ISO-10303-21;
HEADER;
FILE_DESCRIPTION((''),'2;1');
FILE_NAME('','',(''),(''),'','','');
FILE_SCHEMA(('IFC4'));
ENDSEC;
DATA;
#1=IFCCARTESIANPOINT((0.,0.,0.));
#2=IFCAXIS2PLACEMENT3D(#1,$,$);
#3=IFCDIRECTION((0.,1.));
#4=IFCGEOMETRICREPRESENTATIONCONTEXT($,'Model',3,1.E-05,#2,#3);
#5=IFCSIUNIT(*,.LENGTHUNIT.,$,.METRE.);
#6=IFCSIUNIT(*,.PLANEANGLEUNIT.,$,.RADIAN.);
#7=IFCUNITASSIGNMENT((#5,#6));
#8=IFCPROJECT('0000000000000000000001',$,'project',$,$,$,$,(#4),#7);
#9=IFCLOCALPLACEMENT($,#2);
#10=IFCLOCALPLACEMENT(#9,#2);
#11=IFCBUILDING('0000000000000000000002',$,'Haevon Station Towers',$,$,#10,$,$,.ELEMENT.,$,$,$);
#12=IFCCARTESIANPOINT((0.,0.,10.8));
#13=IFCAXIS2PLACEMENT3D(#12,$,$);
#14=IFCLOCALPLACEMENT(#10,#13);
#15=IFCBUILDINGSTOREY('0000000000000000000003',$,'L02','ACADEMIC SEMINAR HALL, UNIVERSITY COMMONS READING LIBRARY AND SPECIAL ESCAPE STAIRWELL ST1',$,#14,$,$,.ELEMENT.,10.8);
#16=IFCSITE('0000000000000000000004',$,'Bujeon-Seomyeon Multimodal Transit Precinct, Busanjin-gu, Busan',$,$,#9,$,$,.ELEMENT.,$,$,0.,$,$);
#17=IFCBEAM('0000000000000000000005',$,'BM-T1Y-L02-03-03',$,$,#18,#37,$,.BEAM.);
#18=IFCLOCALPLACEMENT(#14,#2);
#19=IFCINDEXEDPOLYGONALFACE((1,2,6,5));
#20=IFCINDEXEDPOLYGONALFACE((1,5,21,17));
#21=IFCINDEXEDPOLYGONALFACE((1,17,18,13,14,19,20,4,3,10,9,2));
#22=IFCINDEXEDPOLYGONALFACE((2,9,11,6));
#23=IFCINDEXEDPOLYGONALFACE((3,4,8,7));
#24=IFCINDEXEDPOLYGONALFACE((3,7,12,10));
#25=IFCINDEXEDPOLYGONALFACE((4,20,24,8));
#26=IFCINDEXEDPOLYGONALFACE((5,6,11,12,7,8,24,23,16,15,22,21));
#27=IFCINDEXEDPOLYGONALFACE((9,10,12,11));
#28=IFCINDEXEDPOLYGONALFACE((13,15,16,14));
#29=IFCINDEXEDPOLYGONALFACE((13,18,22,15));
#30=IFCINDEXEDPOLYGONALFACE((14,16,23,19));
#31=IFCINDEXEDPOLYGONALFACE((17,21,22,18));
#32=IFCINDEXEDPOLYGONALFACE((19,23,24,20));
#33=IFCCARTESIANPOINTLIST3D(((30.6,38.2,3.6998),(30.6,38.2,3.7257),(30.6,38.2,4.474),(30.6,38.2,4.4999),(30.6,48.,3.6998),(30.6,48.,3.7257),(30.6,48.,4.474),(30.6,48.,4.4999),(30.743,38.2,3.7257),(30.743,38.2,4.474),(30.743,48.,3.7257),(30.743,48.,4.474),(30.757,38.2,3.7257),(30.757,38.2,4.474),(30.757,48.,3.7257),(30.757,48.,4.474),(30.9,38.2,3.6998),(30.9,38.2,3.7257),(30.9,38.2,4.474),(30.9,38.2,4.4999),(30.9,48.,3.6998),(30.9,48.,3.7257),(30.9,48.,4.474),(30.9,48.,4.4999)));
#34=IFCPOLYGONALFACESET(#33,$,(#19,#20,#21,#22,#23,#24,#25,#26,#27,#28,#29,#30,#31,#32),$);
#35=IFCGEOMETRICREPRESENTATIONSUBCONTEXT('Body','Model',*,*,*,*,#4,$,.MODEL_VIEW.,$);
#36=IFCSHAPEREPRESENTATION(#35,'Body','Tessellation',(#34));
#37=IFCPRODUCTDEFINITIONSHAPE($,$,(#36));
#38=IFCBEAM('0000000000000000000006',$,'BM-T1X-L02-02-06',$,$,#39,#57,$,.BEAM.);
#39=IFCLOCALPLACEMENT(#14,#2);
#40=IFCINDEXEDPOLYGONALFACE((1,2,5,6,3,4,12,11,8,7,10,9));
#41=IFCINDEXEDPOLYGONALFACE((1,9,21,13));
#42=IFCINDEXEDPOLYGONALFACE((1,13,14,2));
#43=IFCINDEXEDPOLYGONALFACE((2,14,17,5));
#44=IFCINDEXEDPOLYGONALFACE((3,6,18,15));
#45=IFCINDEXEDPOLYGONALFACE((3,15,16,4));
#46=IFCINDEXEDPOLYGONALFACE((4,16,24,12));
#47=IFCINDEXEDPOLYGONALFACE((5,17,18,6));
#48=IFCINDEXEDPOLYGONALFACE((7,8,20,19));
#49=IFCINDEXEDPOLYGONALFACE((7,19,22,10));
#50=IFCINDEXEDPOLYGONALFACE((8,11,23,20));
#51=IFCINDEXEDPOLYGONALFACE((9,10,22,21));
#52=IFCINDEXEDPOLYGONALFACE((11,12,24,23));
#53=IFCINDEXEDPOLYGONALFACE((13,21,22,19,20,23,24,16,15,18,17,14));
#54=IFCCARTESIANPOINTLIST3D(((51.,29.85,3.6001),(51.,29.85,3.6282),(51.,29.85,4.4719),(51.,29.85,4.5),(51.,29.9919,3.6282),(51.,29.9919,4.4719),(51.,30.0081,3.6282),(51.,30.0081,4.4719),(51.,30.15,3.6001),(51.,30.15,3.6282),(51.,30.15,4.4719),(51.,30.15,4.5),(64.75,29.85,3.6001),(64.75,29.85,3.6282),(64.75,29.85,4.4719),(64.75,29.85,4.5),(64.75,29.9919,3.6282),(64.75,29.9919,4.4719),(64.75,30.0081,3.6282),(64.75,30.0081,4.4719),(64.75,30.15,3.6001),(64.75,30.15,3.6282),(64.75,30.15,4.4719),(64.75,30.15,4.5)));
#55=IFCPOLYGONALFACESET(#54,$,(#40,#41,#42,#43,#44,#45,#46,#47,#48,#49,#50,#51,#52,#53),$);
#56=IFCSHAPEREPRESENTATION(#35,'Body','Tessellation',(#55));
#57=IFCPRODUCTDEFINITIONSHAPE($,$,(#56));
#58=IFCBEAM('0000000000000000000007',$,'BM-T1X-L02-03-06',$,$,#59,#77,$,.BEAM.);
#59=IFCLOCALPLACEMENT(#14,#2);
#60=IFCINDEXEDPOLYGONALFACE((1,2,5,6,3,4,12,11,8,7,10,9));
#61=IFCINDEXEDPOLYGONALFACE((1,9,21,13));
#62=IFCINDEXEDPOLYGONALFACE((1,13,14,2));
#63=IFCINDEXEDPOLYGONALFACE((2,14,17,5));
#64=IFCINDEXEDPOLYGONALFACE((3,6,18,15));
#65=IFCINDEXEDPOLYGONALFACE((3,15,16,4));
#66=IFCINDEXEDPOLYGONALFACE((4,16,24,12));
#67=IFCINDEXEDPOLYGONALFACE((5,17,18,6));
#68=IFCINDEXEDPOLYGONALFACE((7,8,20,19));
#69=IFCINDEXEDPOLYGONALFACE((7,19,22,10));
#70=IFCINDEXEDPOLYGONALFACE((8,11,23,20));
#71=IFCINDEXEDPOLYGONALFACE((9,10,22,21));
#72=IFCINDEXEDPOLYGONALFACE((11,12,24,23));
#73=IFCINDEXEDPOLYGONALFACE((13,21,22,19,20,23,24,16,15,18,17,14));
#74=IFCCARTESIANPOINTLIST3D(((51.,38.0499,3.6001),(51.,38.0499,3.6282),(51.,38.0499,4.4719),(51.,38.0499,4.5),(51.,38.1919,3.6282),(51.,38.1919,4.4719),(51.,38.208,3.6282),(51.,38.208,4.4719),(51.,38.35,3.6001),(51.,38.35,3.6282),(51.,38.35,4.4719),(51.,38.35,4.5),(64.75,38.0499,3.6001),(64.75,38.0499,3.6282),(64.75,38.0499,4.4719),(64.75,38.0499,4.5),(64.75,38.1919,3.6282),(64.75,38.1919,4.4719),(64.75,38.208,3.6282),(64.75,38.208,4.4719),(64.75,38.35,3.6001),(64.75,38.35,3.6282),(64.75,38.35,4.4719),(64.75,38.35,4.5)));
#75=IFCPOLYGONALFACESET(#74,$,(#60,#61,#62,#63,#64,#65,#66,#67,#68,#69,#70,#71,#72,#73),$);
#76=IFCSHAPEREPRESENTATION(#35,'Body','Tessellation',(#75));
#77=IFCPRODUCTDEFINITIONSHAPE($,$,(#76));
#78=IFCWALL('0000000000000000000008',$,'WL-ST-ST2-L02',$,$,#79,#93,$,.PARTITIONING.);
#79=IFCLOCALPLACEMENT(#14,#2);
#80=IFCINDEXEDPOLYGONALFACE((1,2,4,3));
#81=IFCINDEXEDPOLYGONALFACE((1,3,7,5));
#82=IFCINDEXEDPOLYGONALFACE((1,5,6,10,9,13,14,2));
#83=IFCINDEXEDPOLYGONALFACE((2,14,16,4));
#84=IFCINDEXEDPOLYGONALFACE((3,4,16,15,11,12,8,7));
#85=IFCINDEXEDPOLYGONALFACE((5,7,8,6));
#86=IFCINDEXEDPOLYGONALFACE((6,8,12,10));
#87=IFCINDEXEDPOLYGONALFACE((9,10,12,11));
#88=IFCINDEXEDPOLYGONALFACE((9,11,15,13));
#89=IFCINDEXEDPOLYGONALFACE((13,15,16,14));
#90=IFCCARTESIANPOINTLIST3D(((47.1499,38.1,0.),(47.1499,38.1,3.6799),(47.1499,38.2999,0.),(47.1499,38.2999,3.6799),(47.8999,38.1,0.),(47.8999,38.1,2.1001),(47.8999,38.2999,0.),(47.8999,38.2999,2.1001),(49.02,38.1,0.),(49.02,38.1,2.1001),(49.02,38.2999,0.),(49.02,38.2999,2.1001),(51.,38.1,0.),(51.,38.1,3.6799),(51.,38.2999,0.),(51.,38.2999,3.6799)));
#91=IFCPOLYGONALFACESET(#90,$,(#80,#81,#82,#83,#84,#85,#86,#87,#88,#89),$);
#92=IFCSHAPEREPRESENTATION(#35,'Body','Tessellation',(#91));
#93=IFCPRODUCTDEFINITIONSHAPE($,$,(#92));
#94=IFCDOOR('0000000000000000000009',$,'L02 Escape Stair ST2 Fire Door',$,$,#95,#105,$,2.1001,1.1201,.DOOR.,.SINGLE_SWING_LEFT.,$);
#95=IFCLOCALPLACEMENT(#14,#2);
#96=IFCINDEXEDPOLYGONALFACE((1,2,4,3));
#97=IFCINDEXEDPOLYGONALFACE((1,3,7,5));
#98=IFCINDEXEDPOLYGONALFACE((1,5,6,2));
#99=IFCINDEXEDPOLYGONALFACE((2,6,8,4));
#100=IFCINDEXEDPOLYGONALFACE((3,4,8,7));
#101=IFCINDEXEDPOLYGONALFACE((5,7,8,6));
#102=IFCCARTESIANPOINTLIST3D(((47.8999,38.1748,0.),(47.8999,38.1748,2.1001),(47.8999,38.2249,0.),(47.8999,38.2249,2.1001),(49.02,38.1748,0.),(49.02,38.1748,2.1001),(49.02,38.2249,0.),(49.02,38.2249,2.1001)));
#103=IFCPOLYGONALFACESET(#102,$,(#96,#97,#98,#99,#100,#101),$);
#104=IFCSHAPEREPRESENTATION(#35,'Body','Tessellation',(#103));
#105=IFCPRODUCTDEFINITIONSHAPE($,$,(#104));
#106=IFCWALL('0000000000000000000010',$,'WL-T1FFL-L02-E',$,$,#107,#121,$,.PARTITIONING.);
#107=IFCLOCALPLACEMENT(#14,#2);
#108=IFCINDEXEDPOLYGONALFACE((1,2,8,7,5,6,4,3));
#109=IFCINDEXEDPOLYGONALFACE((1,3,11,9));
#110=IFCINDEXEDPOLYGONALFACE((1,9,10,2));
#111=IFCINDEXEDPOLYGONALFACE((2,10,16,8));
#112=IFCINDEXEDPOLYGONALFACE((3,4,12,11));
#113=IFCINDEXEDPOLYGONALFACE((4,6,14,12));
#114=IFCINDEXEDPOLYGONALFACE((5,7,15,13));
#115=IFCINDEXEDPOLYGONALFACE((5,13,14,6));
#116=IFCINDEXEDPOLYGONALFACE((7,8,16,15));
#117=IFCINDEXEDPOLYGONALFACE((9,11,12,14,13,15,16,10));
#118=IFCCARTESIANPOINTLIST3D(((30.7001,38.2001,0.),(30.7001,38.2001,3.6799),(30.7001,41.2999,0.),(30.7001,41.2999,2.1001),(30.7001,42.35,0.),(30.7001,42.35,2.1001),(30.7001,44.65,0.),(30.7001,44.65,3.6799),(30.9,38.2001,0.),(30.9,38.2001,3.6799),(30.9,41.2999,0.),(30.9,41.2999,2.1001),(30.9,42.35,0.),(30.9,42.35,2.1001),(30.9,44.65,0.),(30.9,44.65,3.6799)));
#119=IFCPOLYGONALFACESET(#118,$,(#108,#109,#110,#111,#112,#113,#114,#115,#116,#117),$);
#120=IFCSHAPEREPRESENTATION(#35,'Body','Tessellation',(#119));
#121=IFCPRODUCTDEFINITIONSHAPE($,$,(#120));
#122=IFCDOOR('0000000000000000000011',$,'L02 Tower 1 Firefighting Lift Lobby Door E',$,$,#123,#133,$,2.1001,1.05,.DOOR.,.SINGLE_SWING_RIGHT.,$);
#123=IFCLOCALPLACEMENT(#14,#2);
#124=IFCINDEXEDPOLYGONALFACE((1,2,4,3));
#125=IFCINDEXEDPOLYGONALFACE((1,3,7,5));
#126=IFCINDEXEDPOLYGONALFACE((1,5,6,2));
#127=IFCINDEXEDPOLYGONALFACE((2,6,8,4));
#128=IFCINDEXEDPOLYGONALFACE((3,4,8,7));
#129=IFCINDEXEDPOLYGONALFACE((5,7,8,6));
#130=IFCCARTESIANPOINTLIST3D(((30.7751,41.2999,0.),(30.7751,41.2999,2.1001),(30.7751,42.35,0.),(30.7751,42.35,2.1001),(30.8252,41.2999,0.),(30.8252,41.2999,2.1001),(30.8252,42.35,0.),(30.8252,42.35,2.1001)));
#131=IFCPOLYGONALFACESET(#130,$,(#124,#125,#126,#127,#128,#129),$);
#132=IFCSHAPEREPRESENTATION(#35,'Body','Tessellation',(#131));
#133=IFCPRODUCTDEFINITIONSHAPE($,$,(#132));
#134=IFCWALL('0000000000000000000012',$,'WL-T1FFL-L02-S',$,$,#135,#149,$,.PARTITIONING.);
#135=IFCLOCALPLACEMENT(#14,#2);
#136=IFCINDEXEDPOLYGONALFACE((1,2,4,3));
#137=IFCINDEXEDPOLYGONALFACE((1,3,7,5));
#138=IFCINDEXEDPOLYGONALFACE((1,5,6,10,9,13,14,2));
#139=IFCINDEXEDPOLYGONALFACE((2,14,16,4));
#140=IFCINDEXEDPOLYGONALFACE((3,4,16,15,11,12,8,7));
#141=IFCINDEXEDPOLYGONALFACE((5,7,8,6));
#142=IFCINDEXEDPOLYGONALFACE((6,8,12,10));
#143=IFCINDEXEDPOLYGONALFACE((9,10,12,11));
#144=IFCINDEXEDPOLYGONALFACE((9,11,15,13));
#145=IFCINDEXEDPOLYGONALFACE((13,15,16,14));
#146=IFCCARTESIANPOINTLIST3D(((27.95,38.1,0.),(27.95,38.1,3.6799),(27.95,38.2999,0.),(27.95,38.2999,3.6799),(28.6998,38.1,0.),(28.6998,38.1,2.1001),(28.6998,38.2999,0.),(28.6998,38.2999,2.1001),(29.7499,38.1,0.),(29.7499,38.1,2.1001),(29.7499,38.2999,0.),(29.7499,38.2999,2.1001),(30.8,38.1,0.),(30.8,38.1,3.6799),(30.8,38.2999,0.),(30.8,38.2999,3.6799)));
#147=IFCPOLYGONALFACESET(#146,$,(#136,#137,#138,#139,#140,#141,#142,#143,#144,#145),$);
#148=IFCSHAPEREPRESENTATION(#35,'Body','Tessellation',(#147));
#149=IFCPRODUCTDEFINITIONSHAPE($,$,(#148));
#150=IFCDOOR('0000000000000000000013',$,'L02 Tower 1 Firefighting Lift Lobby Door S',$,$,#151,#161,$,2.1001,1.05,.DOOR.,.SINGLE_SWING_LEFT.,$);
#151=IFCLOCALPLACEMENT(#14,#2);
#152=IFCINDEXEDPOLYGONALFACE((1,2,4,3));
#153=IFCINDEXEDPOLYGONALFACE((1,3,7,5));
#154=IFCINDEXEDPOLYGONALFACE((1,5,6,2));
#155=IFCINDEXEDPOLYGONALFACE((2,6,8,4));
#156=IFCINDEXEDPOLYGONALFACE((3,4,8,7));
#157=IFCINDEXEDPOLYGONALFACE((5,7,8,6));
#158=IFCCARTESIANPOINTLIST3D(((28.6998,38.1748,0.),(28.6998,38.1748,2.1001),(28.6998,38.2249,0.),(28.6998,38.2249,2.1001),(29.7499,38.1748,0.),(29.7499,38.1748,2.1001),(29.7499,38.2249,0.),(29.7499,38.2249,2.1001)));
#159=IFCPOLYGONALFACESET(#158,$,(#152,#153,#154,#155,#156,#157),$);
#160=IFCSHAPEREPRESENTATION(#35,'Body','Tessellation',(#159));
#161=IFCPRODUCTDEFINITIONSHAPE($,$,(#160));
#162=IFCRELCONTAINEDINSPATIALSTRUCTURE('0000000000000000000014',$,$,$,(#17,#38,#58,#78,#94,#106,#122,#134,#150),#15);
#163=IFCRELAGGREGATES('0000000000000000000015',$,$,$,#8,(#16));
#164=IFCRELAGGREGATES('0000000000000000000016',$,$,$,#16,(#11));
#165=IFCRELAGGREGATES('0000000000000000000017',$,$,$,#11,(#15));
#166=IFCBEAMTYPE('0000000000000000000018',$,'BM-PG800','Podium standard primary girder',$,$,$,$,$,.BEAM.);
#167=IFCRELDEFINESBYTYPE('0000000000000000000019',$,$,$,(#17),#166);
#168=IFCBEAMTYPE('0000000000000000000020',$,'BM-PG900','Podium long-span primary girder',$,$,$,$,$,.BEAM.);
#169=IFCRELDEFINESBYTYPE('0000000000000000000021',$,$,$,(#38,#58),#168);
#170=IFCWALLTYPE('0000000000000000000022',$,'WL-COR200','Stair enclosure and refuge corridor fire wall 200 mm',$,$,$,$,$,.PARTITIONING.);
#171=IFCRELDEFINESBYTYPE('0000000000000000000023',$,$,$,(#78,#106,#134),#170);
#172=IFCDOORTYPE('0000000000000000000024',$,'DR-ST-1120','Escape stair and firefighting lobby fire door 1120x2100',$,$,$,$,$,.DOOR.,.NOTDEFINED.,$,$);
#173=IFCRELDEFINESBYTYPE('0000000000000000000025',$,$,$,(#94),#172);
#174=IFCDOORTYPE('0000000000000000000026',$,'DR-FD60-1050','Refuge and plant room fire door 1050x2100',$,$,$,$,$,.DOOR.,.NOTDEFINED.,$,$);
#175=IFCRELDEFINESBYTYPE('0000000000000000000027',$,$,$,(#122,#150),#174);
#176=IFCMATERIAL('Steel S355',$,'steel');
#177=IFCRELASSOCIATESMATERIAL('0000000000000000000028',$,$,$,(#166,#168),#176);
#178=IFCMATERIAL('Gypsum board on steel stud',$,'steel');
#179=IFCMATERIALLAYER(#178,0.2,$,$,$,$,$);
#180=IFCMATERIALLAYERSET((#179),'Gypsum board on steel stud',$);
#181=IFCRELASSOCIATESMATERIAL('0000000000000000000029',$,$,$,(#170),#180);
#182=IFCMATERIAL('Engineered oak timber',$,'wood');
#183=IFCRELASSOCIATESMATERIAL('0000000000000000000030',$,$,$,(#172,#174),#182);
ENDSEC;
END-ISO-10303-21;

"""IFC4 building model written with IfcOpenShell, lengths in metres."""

from ifc_helpers import new_model, si_unit, direction, frame, frame_2d, origin, origin_2d, place, context, subcontext, project, spatial, rectangle, i_section, extrude, material, layer, layer_set, material_profile, profile_set, type_object, element, fill, save


model = new_model("IFC4")

# Units and contexts
model_context = context("Model", 3, precision=1e-05, world=origin(), true_north=direction((0.0, 1.0)))
body_context = subcontext(model_context, "Body", "Model", "MODEL_VIEW")
ifc_project = project(units=[si_unit("LENGTHUNIT", "METRE"), si_unit("PLANEANGLEUNIT", "RADIAN")], contexts=[model_context])

# Site, building, storey
site_placement = place(None, origin())
site = spatial("IfcSite", under=ifc_project, at=site_placement, Name="Bujeon-Seomyeon Multimodal Transit Precinct, Busanjin-gu, Busan", CompositionType="ELEMENT", RefElevation=0.0)
building_placement = place(site_placement, origin())
building = spatial("IfcBuilding", under=site, at=building_placement, Name="Haevon Station Towers", CompositionType="ELEMENT")
storey_placement = place(building_placement, frame((0.0, 0.0, 10.8)))
storey = spatial("IfcBuildingStorey", under=building, at=storey_placement, Name="L02", Description="ACADEMIC SEMINAR HALL, UNIVERSITY COMMONS READING LIBRARY AND SPECIAL ESCAPE STAIRWELL ST1", CompositionType="ELEMENT", Elevation=10.8)

# Beams
ifc_material_1 = material(Name="Steel S355", Category="steel")
ifc_material_profile_1 = material_profile(ifc_material_1, i_section(OverallWidth=0.3, OverallDepth=0.8, WebThickness=0.0139, FlangeThickness=0.0259, at=origin_2d()), Name="H-800x300x14x26")
ifc_profile_set_1 = profile_set([ifc_material_profile_1], Name="Steel S355")
beam_type_1 = type_object("IfcBeamType", Name="BM-PG800", Description="Podium standard primary girder", PredefinedType="BEAM", material=ifc_profile_set_1)
beam_1_placement = place(storey_placement, frame((30.75, 38.2, 4.0999), z_axis=(0.0, 1.0, 0.0), x_axis=(-1.0, 0.0, 0.0)))
element("IfcBeam", 1, at=beam_1_placement, inside=storey, type_object=beam_type_1, Name="BM-T1Y-L02-03-03", PredefinedType="BEAM", context=body_context, shape_type="SweptSolid", body=[
    extrude(i_section(OverallWidth=0.3, OverallDepth=0.8, WebThickness=0.0139, FlangeThickness=0.0259, at=origin_2d()), origin(), (0.0, 0.0, 1.0), 9.8),
])
ifc_material_profile_2 = material_profile(ifc_material_1, i_section(OverallWidth=0.3, OverallDepth=0.8999, WebThickness=0.0161, FlangeThickness=0.0281, at=origin_2d()), Name="H-900x300x16x28")
ifc_profile_set_2 = profile_set([ifc_material_profile_2], Name="Steel S355")
beam_type_2 = type_object("IfcBeamType", Name="BM-PG900", Description="Podium long-span primary girder", PredefinedType="BEAM", material=ifc_profile_set_2)
for number, where, z_axis, x_axis, name in (
    (2, (51.0, 30.0, 4.05), (1.0, 0.0, 0.0), (0.0, 1.0, 0.0), "BM-T1X-L02-02-06"),
    (3, (51.0, 38.2, 4.05), (1.0, 0.0, 0.0), (0.0, 1.0, 0.0), "BM-T1X-L02-03-06"),
):
    element("IfcBeam", number, at=place(storey_placement, frame(where, z_axis=z_axis, x_axis=x_axis)), inside=storey, type_object=beam_type_2, Name=name, PredefinedType="BEAM", context=body_context, shape_type="SweptSolid", body=[
        extrude(i_section(OverallWidth=0.3, OverallDepth=0.8999, WebThickness=0.0161, FlangeThickness=0.0281, at=origin_2d()), origin(), (0.0, 0.0, 1.0), 13.75),
    ])

# Walls, openings, doors
ifc_material_2 = material(Name="Gypsum board on steel stud", Category="steel")
ifc_layer_1 = layer(ifc_material_2, 0.2)
ifc_layer_set_1 = layer_set([ifc_layer_1], Name="Gypsum board on steel stud")
wall_type_1 = type_object("IfcWallType", Name="WL-COR200", Description="Stair enclosure and refuge corridor fire wall 200 mm", PredefinedType="PARTITIONING", material=ifc_layer_set_1)
wall_1_placement = place(storey_placement, frame((47.1499, 38.2, 0.0), z_axis=(0.0, 0.0, 1.0), x_axis=(1.0, 0.0, 0.0)))
wall_1 = element("IfcWall", 4, at=wall_1_placement, inside=storey, type_object=wall_type_1, Name="WL-ST-ST2-L02", PredefinedType="PARTITIONING", context=body_context, shape_type="SweptSolid", body=[
    extrude(rectangle(XDim=3.8501, YDim=0.2, at=frame_2d((1.925, 0.0))), origin(), (0.0, 0.0, 1.0), 3.6799),
])
opening_1_placement = place(wall_1_placement, frame((0.75, 0.0, 0.0)))
opening_1 = element("IfcOpeningElement", 5, at=opening_1_placement, cuts=wall_1, PredefinedType="OPENING", context=body_context, shape_type="SweptSolid", body=[
    extrude(rectangle(XDim=1.1201, YDim=2.1001, at=frame_2d((0.5601, 1.05))), frame((0.0, 0.1099, 0.0), z_axis=(0.0, -1.0, 0.0), x_axis=(1.0, 0.0, 0.0)), (0.0, 0.0, 1.0), 0.22),
])
ifc_material_3 = material(Name="Engineered oak timber", Category="wood")
door_type_1 = type_object("IfcDoorType", Name="DR-ST-1120", Description="Escape stair and firefighting lobby fire door 1120x2100", OperationType="NOTDEFINED", PredefinedType="DOOR", material=ifc_material_3)
door_1_placement = place(opening_1_placement, origin())
door_1 = element("IfcDoor", 6, at=door_1_placement, inside=storey, type_object=door_type_1, Name="L02 Escape Stair ST2 Fire Door", OperationType="SINGLE_SWING_LEFT", OverallHeight=2.1001, OverallWidth=1.1201, PredefinedType="DOOR", context=body_context, shape_type="SweptSolid", body=[
    extrude(rectangle(XDim=1.1201, YDim=2.1001, at=frame_2d((0.5601, 1.05))), frame((0.0, 0.0249, 0.0), z_axis=(0.0, -1.0, 0.0), x_axis=(1.0, 0.0, 0.0)), (0.0, 0.0, 1.0), 0.05),
])
fill(opening_1, door_1)
wall_2_placement = place(storey_placement, frame((30.8, 38.2, 0.0), z_axis=(0.0, 0.0, 1.0), x_axis=(0.0, 1.0, 0.0)))
wall_2 = element("IfcWall", 7, at=wall_2_placement, inside=storey, type_object=wall_type_1, Name="WL-T1FFL-L02-E", PredefinedType="PARTITIONING", context=body_context, shape_type="SweptSolid", body=[
    extrude(rectangle(XDim=6.45, YDim=0.2, at=frame_2d((3.2251, 0.0))), origin(), (0.0, 0.0, 1.0), 3.6799),
])
opening_2_placement = place(wall_2_placement, frame((3.1001, 0.0, 0.0)))
opening_2 = element("IfcOpeningElement", 8, at=opening_2_placement, cuts=wall_2, PredefinedType="OPENING", context=body_context, shape_type="SweptSolid", body=[
    extrude(rectangle(XDim=1.05, YDim=2.1001, at=frame_2d((0.5249, 1.05))), frame((0.0, 0.1099, 0.0), z_axis=(0.0, -1.0, 0.0), x_axis=(1.0, 0.0, 0.0)), (0.0, 0.0, 1.0), 0.22),
])
door_type_2 = type_object("IfcDoorType", Name="DR-FD60-1050", Description="Refuge and plant room fire door 1050x2100", OperationType="NOTDEFINED", PredefinedType="DOOR", material=ifc_material_3)
door_2_placement = place(opening_2_placement, origin())
door_2 = element("IfcDoor", 9, at=door_2_placement, inside=storey, type_object=door_type_2, Name="L02 Tower 1 Firefighting Lift Lobby Door E", OperationType="SINGLE_SWING_RIGHT", OverallHeight=2.1001, OverallWidth=1.05, PredefinedType="DOOR", context=body_context, shape_type="SweptSolid", body=[
    extrude(rectangle(XDim=1.05, YDim=2.1001, at=frame_2d((0.5249, 1.05))), frame((0.0, 0.0249, 0.0), z_axis=(0.0, -1.0, 0.0), x_axis=(1.0, 0.0, 0.0)), (0.0, 0.0, 1.0), 0.05),
])
fill(opening_2, door_2)
wall_3_placement = place(storey_placement, frame((27.95, 38.2, 0.0), z_axis=(0.0, 0.0, 1.0), x_axis=(1.0, 0.0, 0.0)))
wall_3 = element("IfcWall", 10, at=wall_3_placement, inside=storey, type_object=wall_type_1, Name="WL-T1FFL-L02-S", PredefinedType="PARTITIONING", context=body_context, shape_type="SweptSolid", body=[
    extrude(rectangle(XDim=2.8501, YDim=0.2, at=frame_2d((1.425, 0.0))), origin(), (0.0, 0.0, 1.0), 3.6799),
])
opening_3_placement = place(wall_3_placement, frame((0.75, 0.0, 0.0)))
opening_3 = element("IfcOpeningElement", 11, at=opening_3_placement, cuts=wall_3, PredefinedType="OPENING", context=body_context, shape_type="SweptSolid", body=[
    extrude(rectangle(XDim=1.05, YDim=2.1001, at=frame_2d((0.5249, 1.05))), frame((0.0, 0.1099, 0.0), z_axis=(0.0, -1.0, 0.0), x_axis=(1.0, 0.0, 0.0)), (0.0, 0.0, 1.0), 0.22),
])
door_3_placement = place(opening_3_placement, origin())
door_3 = element("IfcDoor", 12, at=door_3_placement, inside=storey, type_object=door_type_2, Name="L02 Tower 1 Firefighting Lift Lobby Door S", OperationType="SINGLE_SWING_LEFT", OverallHeight=2.1001, OverallWidth=1.05, PredefinedType="DOOR", context=body_context, shape_type="SweptSolid", body=[
    extrude(rectangle(XDim=1.05, YDim=2.1001, at=frame_2d((0.5249, 1.05))), frame((0.0, 0.0249, 0.0), z_axis=(0.0, -1.0, 0.0), x_axis=(1.0, 0.0, 0.0)), (0.0, 0.0, 1.0), 0.05),
])
fill(opening_3, door_3)

save(model, "model.ifc")
